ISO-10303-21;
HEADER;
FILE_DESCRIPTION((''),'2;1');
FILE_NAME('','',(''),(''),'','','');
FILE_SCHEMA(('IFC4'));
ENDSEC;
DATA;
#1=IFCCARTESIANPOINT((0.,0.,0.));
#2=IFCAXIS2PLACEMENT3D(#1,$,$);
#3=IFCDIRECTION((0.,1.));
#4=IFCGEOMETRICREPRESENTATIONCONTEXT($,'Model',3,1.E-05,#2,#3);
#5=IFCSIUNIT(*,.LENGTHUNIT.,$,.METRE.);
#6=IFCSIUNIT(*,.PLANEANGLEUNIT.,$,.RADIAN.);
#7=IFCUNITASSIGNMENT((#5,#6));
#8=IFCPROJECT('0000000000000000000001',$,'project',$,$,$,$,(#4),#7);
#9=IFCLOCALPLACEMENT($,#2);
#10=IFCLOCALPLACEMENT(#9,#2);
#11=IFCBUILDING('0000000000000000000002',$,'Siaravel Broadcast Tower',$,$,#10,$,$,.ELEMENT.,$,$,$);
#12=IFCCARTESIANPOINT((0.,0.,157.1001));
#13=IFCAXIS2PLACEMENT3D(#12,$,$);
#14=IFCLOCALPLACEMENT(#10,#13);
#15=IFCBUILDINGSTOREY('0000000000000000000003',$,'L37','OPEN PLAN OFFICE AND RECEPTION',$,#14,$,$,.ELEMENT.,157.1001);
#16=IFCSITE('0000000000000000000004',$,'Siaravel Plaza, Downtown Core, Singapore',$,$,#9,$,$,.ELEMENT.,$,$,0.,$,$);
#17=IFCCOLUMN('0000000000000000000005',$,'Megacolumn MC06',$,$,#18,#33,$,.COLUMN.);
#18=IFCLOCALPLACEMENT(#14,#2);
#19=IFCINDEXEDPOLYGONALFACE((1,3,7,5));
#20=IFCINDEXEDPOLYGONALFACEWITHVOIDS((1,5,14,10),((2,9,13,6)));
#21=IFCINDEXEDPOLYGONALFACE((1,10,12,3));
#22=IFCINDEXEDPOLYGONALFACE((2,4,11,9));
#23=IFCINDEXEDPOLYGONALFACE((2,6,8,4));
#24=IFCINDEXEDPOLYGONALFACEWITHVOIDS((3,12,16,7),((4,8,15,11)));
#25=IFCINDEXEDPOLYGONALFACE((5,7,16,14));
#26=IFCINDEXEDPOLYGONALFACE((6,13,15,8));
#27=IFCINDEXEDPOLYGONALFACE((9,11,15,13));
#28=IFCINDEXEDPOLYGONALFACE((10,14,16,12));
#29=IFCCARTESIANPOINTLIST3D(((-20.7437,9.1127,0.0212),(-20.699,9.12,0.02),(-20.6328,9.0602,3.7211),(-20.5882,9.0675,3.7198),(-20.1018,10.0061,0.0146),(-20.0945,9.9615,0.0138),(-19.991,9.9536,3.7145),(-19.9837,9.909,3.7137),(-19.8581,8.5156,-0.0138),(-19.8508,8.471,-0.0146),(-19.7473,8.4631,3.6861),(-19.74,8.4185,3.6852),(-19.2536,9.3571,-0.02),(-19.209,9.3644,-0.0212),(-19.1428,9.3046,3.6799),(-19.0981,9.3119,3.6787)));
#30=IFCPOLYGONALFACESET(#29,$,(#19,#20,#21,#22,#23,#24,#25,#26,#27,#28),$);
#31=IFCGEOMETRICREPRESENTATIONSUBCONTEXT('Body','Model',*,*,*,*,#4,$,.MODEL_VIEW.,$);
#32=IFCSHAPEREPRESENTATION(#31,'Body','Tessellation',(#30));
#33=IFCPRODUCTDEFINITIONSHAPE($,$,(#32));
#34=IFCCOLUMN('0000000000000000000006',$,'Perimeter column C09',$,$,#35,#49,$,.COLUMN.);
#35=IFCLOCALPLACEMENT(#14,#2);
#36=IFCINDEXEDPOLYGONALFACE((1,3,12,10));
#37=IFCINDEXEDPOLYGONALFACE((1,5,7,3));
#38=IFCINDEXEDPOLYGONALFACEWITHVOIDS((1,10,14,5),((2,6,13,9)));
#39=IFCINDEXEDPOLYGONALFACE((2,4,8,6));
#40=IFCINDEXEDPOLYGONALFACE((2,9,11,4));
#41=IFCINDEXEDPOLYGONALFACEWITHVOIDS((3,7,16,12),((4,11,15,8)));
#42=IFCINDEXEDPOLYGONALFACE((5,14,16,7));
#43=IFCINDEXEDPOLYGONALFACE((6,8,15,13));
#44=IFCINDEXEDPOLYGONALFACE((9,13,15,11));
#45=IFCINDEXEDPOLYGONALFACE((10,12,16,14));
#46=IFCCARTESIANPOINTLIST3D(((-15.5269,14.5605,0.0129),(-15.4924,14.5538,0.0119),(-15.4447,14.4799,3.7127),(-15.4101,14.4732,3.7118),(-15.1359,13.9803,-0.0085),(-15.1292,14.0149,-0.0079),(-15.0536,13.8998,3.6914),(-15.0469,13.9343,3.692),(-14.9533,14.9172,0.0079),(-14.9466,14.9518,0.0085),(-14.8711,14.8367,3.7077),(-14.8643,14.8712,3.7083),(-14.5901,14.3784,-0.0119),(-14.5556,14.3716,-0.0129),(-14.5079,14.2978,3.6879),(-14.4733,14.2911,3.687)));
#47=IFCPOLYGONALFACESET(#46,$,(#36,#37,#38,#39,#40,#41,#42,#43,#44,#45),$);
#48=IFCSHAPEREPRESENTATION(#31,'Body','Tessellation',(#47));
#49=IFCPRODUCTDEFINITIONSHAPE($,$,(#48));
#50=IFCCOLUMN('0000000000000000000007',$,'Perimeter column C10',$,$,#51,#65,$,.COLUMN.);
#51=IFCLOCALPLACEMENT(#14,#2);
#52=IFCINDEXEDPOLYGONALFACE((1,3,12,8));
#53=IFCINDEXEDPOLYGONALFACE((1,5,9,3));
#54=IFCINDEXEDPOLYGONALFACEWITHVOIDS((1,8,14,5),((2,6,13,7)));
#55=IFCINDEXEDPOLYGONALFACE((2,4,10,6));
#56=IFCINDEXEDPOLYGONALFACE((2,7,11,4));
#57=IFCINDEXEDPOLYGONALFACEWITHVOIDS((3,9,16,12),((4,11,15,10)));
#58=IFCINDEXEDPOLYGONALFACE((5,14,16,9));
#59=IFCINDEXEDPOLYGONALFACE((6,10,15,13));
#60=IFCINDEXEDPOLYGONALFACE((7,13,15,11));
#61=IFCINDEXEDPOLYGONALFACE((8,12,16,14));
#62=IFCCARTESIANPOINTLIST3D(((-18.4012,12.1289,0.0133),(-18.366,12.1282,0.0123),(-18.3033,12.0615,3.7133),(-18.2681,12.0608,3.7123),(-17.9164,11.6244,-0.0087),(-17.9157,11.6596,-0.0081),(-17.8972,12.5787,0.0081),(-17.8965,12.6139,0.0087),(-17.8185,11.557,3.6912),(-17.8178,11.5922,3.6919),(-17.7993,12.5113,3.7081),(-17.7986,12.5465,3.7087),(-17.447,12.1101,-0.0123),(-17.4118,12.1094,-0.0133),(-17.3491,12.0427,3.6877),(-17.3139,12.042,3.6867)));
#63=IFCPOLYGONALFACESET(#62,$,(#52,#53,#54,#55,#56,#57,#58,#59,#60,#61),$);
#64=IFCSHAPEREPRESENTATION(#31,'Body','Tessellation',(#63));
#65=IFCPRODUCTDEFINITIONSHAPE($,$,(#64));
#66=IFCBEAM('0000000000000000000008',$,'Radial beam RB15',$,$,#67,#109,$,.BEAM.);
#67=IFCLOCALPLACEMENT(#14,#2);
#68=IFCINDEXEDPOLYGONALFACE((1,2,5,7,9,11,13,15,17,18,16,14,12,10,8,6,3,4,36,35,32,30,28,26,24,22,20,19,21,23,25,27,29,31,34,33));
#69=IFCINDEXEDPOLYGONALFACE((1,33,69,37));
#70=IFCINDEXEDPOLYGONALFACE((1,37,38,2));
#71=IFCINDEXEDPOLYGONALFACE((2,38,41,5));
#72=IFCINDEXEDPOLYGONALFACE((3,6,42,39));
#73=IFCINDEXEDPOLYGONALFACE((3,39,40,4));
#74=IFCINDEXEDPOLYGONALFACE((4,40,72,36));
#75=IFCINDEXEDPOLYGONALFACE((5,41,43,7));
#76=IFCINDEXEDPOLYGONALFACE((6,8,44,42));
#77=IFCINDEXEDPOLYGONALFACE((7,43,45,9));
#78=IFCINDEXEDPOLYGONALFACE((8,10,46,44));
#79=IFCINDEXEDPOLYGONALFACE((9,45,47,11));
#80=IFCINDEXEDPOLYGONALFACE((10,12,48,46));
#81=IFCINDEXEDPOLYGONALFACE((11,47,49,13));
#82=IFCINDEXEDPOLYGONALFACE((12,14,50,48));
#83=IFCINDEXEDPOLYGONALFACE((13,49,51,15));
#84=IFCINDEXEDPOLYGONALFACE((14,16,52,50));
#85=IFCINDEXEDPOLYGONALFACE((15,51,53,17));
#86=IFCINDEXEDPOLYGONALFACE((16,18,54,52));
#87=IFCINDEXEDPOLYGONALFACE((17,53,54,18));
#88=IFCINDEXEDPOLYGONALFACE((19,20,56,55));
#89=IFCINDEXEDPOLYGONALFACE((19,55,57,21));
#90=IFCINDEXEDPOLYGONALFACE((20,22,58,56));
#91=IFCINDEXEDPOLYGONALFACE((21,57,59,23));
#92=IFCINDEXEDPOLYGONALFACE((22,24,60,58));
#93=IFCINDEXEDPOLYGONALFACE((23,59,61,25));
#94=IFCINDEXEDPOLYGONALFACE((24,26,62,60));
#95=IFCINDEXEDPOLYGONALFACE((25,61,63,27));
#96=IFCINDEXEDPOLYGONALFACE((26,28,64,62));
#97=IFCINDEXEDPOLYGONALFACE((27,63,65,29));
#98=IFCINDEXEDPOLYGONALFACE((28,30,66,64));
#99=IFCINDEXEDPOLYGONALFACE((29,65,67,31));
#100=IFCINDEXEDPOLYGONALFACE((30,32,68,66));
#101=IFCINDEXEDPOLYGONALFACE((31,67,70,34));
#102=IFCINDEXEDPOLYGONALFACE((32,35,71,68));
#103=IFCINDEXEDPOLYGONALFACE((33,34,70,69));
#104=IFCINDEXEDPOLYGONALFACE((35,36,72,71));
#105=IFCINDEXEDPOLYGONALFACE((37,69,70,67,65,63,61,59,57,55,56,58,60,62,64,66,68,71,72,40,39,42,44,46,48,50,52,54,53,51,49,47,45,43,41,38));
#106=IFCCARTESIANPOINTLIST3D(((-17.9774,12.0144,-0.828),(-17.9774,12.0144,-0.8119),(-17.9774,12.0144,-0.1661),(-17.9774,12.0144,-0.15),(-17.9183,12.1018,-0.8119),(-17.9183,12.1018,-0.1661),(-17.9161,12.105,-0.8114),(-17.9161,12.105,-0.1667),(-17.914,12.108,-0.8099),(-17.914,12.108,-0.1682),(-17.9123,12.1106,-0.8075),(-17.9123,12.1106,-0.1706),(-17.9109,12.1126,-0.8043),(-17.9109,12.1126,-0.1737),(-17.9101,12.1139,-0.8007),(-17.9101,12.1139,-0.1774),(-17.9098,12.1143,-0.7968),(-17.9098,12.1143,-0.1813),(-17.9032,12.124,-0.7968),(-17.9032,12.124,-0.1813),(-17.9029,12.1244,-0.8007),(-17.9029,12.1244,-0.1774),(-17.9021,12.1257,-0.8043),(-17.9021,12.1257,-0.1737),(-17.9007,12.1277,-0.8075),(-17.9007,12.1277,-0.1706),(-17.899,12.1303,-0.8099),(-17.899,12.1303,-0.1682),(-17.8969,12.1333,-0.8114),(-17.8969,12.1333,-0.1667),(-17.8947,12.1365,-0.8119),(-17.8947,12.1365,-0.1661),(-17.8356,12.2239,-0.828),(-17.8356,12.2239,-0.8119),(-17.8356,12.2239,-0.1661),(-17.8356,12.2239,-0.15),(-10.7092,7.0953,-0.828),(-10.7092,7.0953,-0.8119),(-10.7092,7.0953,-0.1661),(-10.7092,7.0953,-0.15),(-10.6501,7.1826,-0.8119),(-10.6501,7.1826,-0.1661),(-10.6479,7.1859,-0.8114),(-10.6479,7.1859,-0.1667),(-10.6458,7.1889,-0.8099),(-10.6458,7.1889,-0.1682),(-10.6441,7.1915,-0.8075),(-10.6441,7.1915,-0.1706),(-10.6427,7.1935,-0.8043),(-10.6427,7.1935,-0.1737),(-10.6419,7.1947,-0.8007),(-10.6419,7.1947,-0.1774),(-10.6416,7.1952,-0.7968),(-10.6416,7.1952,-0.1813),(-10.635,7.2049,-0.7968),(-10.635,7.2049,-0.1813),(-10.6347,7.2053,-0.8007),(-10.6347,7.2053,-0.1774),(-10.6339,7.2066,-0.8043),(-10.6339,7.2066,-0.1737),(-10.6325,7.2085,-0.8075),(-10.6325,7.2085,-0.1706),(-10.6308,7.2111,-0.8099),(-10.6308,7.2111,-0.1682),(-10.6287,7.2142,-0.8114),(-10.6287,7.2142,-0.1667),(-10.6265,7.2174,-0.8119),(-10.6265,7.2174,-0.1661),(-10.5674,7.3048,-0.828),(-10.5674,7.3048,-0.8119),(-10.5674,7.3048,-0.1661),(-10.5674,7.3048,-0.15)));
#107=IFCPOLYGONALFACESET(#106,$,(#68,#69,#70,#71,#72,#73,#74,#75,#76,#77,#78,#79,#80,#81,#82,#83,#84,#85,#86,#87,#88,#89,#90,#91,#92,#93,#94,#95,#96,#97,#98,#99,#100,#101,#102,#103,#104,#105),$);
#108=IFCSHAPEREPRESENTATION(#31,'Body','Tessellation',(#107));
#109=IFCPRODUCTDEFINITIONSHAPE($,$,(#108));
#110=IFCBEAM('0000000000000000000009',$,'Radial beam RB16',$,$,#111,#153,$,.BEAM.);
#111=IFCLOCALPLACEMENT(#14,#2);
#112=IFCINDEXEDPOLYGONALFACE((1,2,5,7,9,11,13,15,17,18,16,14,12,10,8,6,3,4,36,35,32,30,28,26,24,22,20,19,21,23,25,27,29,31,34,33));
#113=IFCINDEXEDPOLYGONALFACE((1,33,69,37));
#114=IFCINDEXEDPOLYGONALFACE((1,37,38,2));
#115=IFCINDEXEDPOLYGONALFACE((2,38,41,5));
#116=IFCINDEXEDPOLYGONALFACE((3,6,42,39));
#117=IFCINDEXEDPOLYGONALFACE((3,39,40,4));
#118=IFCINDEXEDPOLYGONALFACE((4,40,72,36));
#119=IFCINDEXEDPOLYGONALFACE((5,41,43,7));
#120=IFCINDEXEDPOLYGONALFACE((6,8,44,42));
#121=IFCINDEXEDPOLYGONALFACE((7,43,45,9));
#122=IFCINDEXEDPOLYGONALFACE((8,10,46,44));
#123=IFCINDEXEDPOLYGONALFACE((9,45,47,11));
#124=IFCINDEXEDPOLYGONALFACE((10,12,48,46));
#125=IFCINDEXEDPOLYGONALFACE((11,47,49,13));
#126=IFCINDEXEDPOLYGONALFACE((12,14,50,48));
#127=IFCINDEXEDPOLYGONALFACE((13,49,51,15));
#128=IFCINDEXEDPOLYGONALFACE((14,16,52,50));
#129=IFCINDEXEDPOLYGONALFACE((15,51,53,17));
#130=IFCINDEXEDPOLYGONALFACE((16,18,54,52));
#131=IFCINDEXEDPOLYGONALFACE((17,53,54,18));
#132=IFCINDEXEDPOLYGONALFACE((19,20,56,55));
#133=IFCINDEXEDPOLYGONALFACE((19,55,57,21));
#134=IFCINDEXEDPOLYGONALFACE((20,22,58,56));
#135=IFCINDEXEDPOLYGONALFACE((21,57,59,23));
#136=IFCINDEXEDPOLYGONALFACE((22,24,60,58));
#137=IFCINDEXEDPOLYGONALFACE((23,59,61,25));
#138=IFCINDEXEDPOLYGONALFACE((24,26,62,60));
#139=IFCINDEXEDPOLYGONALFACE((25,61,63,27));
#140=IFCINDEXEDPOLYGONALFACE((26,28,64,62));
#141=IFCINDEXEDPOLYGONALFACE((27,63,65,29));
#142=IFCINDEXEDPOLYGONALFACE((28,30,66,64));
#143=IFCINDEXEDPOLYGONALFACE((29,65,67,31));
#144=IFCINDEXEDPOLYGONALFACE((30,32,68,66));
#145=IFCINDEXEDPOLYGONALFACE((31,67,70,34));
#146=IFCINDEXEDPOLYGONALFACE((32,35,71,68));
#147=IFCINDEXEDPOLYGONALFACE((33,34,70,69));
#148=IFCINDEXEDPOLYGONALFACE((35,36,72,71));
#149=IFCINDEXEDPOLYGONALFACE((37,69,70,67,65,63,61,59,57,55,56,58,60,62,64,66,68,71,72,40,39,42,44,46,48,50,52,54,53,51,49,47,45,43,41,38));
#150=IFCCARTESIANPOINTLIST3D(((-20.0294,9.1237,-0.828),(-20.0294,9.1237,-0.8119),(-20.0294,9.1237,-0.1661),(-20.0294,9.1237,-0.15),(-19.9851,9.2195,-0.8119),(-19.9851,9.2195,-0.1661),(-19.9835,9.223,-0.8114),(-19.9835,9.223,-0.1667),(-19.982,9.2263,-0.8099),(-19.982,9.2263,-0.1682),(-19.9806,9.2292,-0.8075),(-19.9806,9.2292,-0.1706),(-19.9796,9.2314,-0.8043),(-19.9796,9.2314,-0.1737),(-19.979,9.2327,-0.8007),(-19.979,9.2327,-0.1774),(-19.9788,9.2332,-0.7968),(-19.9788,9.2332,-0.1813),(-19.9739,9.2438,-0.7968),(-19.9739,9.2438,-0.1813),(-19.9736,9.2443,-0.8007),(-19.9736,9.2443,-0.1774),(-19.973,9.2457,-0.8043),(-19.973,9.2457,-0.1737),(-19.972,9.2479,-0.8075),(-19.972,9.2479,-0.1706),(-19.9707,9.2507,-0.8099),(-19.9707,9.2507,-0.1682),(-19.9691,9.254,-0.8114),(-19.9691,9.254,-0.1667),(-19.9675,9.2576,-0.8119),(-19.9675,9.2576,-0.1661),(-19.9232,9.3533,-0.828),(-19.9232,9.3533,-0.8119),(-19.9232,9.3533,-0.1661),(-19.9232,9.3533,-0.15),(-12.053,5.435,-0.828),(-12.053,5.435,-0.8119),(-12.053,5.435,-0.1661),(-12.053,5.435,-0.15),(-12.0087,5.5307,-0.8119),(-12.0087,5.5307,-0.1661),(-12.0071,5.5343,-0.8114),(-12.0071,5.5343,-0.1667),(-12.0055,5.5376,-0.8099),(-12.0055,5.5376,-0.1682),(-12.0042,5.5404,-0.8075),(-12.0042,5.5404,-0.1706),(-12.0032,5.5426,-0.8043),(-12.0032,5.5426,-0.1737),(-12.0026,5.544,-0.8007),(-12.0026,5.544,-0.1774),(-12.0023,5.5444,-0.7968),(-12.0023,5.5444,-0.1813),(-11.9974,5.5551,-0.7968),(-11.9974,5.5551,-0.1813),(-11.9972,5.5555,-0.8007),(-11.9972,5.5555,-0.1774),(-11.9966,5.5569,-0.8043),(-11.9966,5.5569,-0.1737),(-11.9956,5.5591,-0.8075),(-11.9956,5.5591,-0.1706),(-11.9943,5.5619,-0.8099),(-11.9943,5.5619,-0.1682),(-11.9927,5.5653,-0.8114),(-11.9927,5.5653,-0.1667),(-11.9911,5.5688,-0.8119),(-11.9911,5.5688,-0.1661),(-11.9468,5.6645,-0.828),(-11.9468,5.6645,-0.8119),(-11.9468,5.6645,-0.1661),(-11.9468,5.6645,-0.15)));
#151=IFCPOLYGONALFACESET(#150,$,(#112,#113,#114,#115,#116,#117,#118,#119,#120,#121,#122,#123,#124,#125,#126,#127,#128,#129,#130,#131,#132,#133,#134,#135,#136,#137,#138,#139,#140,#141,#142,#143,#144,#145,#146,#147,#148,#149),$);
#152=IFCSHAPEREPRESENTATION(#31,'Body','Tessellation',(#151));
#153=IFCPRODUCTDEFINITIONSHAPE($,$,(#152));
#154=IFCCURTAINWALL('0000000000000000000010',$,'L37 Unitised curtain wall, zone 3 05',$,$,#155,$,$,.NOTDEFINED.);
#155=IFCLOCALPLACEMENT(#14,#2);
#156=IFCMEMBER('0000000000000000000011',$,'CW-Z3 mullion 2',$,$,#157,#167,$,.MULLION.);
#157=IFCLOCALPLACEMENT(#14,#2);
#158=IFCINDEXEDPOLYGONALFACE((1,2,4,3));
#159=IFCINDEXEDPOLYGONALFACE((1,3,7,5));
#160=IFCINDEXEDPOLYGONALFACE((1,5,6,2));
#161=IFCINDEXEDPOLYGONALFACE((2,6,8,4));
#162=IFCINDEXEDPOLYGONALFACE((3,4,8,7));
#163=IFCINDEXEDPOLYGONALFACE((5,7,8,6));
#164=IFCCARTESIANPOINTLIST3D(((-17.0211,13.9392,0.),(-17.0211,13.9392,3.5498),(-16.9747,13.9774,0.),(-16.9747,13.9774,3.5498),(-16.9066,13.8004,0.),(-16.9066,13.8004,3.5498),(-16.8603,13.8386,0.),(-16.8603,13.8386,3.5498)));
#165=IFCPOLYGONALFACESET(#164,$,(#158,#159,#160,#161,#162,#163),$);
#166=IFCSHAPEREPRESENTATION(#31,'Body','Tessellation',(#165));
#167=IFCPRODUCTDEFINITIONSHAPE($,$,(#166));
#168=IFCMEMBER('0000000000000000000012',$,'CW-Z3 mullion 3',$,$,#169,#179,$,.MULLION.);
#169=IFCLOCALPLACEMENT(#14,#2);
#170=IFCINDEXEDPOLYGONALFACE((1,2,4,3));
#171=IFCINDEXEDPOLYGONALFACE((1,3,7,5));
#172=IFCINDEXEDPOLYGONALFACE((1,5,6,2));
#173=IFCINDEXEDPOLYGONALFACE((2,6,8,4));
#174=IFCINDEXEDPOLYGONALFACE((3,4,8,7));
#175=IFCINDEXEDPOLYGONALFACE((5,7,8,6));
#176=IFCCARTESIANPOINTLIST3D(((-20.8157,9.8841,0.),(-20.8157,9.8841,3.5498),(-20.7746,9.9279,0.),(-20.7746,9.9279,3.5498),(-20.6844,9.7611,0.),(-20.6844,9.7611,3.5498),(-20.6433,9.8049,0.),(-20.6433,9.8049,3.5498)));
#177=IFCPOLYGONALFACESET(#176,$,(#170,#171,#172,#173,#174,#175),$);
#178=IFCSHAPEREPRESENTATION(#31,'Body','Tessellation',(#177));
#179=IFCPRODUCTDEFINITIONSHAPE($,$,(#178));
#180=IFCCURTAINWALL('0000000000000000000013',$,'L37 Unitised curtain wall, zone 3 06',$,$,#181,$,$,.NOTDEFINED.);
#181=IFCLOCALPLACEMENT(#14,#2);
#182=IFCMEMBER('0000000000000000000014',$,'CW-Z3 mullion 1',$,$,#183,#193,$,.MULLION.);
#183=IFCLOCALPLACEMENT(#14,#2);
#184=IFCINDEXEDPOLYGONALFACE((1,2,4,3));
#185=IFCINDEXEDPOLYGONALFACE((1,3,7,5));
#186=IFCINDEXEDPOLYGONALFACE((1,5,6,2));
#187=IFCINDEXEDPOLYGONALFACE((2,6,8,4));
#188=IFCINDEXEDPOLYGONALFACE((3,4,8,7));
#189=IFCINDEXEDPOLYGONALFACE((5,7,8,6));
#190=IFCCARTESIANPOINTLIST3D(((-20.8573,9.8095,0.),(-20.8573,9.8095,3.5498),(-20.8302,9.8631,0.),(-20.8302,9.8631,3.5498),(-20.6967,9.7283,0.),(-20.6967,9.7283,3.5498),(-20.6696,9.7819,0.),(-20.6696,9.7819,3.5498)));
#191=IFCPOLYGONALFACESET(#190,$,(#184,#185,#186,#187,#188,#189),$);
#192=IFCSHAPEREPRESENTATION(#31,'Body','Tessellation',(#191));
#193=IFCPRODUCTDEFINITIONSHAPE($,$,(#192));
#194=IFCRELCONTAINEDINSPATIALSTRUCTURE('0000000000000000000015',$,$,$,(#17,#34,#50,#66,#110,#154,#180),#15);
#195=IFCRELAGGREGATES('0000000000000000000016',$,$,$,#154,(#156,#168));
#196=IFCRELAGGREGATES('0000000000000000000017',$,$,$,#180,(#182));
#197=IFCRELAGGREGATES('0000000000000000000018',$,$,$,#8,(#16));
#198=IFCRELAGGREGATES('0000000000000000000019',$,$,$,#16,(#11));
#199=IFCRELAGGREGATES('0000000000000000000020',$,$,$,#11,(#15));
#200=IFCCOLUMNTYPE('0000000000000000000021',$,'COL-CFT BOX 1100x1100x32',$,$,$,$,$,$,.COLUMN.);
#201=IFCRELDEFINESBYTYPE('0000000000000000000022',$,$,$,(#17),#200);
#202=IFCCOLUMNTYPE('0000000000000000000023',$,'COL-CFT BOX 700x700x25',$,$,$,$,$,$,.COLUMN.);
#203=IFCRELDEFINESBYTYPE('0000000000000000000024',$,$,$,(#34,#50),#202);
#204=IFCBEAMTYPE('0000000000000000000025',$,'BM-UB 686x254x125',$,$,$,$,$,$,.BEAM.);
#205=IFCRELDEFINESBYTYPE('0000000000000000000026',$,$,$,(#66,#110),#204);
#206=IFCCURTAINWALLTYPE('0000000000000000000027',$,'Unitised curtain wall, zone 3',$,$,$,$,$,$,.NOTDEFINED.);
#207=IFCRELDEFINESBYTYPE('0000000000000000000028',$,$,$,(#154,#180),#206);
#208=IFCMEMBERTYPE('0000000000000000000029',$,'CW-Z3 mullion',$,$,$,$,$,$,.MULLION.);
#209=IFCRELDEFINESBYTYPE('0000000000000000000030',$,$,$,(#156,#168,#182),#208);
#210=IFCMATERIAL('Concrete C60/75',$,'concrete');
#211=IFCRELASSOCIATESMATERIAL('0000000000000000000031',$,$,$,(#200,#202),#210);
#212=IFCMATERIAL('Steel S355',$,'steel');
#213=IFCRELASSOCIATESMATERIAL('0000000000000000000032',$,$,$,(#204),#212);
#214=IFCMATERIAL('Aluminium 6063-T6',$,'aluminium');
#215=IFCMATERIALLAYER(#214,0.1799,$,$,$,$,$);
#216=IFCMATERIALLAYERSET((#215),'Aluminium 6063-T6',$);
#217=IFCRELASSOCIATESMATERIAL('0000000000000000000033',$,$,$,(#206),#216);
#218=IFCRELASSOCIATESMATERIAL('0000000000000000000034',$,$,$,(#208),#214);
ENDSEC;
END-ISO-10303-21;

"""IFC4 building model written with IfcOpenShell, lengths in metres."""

from ifc_helpers import new_model, si_unit, direction, frame, origin, origin_2d, place, context, subcontext, project, spatial, rectangle, hollow_rectangle, i_section, extrude, material, layer, layer_set, material_profile, profile_set, type_object, element, aggregate, save


model = new_model("IFC4")

# Units and contexts
model_context = context("Model", 3, precision=1e-05, world=origin(), true_north=direction((0.0, 1.0)))
body_context = subcontext(model_context, "Body", "Model", "MODEL_VIEW")
ifc_project = project(units=[si_unit("LENGTHUNIT", "METRE"), si_unit("PLANEANGLEUNIT", "RADIAN")], contexts=[model_context])

# Site, building, storey
site_placement = place(None, origin())
site = spatial("IfcSite", under=ifc_project, at=site_placement, Name="Siaravel Plaza, Downtown Core, Singapore", CompositionType="ELEMENT", RefElevation=0.0)
building_placement = place(site_placement, origin())
building = spatial("IfcBuilding", under=site, at=building_placement, Name="Siaravel Broadcast Tower", CompositionType="ELEMENT")
storey_placement = place(building_placement, frame((0.0, 0.0, 157.1001)))
storey = spatial("IfcBuildingStorey", under=building, at=storey_placement, Name="L37", Description="OPEN PLAN OFFICE AND RECEPTION", CompositionType="ELEMENT", Elevation=157.1001)

# Columns
ifc_material_1 = material(Name="Concrete C60/75", Category="concrete")
ifc_material_profile_1 = material_profile(ifc_material_1, hollow_rectangle(XDim=1.1001, YDim=1.1001, WallThickness=0.032, at=origin_2d()))
ifc_profile_set_1 = profile_set([ifc_material_profile_1], Name="Concrete C60/75")
column_type_1 = type_object("IfcColumnType", Name="COL-CFT BOX 1100x1100x32", PredefinedType="COLUMN", material=ifc_profile_set_1)
column_1_placement = place(storey_placement, frame((-19.9763, 9.2385, 0.0), z_axis=(0.029941, -0.014179, 0.999451), x_axis=(0.583448, 0.812128, -0.005957)))
element("IfcColumn", 1, at=column_1_placement, inside=storey, type_object=column_type_1, Name="Megacolumn MC06", PredefinedType="COLUMN", context=body_context, shape_type="SweptSolid", body=[
    extrude(hollow_rectangle(XDim=1.1001, YDim=1.1001, WallThickness=0.032, at=origin_2d()), origin(), (0.0, 0.0, 1.0), 3.7019),
])
ifc_material_profile_2 = material_profile(ifc_material_1, hollow_rectangle(XDim=0.7, YDim=0.7, WallThickness=0.0249, at=origin_2d()))
ifc_profile_set_2 = profile_set([ifc_material_profile_2], Name="Concrete C60/75")
column_type_2 = type_object("IfcColumnType", Name="COL-CFT BOX 700x700x25", PredefinedType="COLUMN", material=ifc_profile_set_2)
column_2_placement = place(storey_placement, frame((-15.0413, 14.4661, 0.0), z_axis=(0.022226, -0.021764, 0.999516), x_axis=(0.829102, 0.559063, -0.006263)))
element("IfcColumn", 2, at=column_2_placement, inside=storey, type_object=column_type_2, Name="Perimeter column C09", PredefinedType="COLUMN", context=body_context, shape_type="SweptSolid", body=[
    extrude(hollow_rectangle(XDim=0.7, YDim=0.7, WallThickness=0.0249, at=origin_2d()), origin(), (0.0, 0.0, 1.0), 3.7017),
])
column_3_placement = place(storey_placement, frame((-17.9065, 12.1191, 0.0), z_axis=(0.026446, -0.018202, 0.999484), x_axis=(0.720936, 0.692972, -0.006456)))
element("IfcColumn", 3, at=column_3_placement, inside=storey, type_object=column_type_2, Name="Perimeter column C10", PredefinedType="COLUMN", context=body_context, shape_type="SweptSolid", body=[
    extrude(hollow_rectangle(XDim=0.7, YDim=0.7, WallThickness=0.0249, at=origin_2d()), origin(), (0.0, 0.0, 1.0), 3.7019),
])

# Beams
ifc_material_2 = material(Name="Steel S355", Category="steel")
ifc_material_profile_3 = material_profile(ifc_material_2, i_section(OverallWidth=0.2529, OverallDepth=0.678, WebThickness=0.0117, FlangeThickness=0.0161, FilletRadius=0.0151, at=origin_2d()))
ifc_profile_set_3 = profile_set([ifc_material_profile_3], Name="Steel S355")
beam_type = type_object("IfcBeamType", Name="BM-UB 686x254x125", PredefinedType="BEAM", material=ifc_profile_set_3)
beam_1_placement = place(storey_placement, frame((-17.9065, 12.1191, -0.489), z_axis=(0.828157, -0.560496, 0.0), x_axis=(0.560496, 0.828157, 0.0)))
element("IfcBeam", 4, at=beam_1_placement, inside=storey, type_object=beam_type, Name="Radial beam RB15", PredefinedType="BEAM", context=body_context, shape_type="SweptSolid", body=[
    extrude(i_section(OverallWidth=0.2529, OverallDepth=0.678, WebThickness=0.0117, FlangeThickness=0.0161, FilletRadius=0.0151, at=origin_2d()), origin(), (0.0, 0.0, 1.0), 8.7764),
])
beam_2_placement = place(storey_placement, frame((-19.9763, 9.2385, -0.489), z_axis=(0.907641, -0.419747, 0.0), x_axis=(0.419747, 0.907641, 0.0)))
element("IfcBeam", 5, at=beam_2_placement, inside=storey, type_object=beam_type, Name="Radial beam RB16", PredefinedType="BEAM", context=body_context, shape_type="SweptSolid", body=[
    extrude(i_section(OverallWidth=0.2529, OverallDepth=0.678, WebThickness=0.0117, FlangeThickness=0.0161, FilletRadius=0.0151, at=origin_2d()), origin(), (0.0, 0.0, 1.0), 8.7881),
])

# Curtain wall, members
ifc_material_3 = material(Name="Aluminium 6063-T6", Category="aluminium")
ifc_layer_1 = layer(ifc_material_3, 0.1799)
ifc_layer_set_1 = layer_set([ifc_layer_1], Name="Aluminium 6063-T6")
curtain_wall_type = type_object("IfcCurtainWallType", Name="Unitised curtain wall, zone 3", PredefinedType="NOTDEFINED", material=ifc_layer_set_1)
curtain_wall_1_placement = place(storey_placement, origin())
curtain_wall_1 = element("IfcCurtainWall", 6, at=curtain_wall_1_placement, inside=storey, type_object=curtain_wall_type, Name="L37 Unitised curtain wall, zone 3 05", PredefinedType="NOTDEFINED")
ifc_material_profile_4 = material_profile(ifc_material_3, rectangle(XDim=0.1799, YDim=0.0601, at=origin_2d()))
ifc_profile_set_4 = profile_set([ifc_material_profile_4], Name="Aluminium 6063-T6")
member_type_1 = type_object("IfcMemberType", Name="CW-Z3 mullion", PredefinedType="MULLION", material=ifc_profile_set_4)
member_1_placement = place(storey_placement, frame((-16.9407, 13.8889, 0.0), z_axis=(0.0, 0.0, 1.0), x_axis=(0.63622, -0.771508, 0.0)))
member_1 = element("IfcMember", 7, at=member_1_placement, type_object=member_type_1, Name="CW-Z3 mullion 2", PredefinedType="MULLION", context=body_context, shape_type="SweptSolid", body=[
    extrude(rectangle(XDim=0.1799, YDim=0.0601, at=origin_2d()), origin(), (0.0, 0.0, 1.0), 3.5498),
])
member_2_placement = place(storey_placement, frame((-20.7295, 9.8445, 0.0), z_axis=(0.0, 0.0, 1.0), x_axis=(0.729806, -0.683654, 0.0)))
member_2 = element("IfcMember", 8, at=member_2_placement, type_object=member_type_1, Name="CW-Z3 mullion 3", PredefinedType="MULLION", context=body_context, shape_type="SweptSolid", body=[
    extrude(rectangle(XDim=0.1799, YDim=0.0601, at=origin_2d()), origin(), (0.0, 0.0, 1.0), 3.5498),
])

# Curtain wall, member
curtain_wall_2_placement = place(storey_placement, origin())
curtain_wall_2 = element("IfcCurtainWall", 9, at=curtain_wall_2_placement, inside=storey, type_object=curtain_wall_type, Name="L37 Unitised curtain wall, zone 3 06", PredefinedType="NOTDEFINED")
member_3_placement = place(storey_placement, frame((-20.7634, 9.7957, 0.0), z_axis=(0.0, 0.0, 1.0), x_axis=(0.892393, -0.45126, 0.0)))
member_3 = element("IfcMember", 10, at=member_3_placement, type_object=member_type_1, Name="CW-Z3 mullion 1", PredefinedType="MULLION", context=body_context, shape_type="SweptSolid", body=[
    extrude(rectangle(XDim=0.1799, YDim=0.0601, at=origin_2d()), origin(), (0.0, 0.0, 1.0), 3.5498),
])

aggregate(curtain_wall_1, [member_1, member_2])
aggregate(curtain_wall_2, [member_3])

save(model, "model.ifc")
